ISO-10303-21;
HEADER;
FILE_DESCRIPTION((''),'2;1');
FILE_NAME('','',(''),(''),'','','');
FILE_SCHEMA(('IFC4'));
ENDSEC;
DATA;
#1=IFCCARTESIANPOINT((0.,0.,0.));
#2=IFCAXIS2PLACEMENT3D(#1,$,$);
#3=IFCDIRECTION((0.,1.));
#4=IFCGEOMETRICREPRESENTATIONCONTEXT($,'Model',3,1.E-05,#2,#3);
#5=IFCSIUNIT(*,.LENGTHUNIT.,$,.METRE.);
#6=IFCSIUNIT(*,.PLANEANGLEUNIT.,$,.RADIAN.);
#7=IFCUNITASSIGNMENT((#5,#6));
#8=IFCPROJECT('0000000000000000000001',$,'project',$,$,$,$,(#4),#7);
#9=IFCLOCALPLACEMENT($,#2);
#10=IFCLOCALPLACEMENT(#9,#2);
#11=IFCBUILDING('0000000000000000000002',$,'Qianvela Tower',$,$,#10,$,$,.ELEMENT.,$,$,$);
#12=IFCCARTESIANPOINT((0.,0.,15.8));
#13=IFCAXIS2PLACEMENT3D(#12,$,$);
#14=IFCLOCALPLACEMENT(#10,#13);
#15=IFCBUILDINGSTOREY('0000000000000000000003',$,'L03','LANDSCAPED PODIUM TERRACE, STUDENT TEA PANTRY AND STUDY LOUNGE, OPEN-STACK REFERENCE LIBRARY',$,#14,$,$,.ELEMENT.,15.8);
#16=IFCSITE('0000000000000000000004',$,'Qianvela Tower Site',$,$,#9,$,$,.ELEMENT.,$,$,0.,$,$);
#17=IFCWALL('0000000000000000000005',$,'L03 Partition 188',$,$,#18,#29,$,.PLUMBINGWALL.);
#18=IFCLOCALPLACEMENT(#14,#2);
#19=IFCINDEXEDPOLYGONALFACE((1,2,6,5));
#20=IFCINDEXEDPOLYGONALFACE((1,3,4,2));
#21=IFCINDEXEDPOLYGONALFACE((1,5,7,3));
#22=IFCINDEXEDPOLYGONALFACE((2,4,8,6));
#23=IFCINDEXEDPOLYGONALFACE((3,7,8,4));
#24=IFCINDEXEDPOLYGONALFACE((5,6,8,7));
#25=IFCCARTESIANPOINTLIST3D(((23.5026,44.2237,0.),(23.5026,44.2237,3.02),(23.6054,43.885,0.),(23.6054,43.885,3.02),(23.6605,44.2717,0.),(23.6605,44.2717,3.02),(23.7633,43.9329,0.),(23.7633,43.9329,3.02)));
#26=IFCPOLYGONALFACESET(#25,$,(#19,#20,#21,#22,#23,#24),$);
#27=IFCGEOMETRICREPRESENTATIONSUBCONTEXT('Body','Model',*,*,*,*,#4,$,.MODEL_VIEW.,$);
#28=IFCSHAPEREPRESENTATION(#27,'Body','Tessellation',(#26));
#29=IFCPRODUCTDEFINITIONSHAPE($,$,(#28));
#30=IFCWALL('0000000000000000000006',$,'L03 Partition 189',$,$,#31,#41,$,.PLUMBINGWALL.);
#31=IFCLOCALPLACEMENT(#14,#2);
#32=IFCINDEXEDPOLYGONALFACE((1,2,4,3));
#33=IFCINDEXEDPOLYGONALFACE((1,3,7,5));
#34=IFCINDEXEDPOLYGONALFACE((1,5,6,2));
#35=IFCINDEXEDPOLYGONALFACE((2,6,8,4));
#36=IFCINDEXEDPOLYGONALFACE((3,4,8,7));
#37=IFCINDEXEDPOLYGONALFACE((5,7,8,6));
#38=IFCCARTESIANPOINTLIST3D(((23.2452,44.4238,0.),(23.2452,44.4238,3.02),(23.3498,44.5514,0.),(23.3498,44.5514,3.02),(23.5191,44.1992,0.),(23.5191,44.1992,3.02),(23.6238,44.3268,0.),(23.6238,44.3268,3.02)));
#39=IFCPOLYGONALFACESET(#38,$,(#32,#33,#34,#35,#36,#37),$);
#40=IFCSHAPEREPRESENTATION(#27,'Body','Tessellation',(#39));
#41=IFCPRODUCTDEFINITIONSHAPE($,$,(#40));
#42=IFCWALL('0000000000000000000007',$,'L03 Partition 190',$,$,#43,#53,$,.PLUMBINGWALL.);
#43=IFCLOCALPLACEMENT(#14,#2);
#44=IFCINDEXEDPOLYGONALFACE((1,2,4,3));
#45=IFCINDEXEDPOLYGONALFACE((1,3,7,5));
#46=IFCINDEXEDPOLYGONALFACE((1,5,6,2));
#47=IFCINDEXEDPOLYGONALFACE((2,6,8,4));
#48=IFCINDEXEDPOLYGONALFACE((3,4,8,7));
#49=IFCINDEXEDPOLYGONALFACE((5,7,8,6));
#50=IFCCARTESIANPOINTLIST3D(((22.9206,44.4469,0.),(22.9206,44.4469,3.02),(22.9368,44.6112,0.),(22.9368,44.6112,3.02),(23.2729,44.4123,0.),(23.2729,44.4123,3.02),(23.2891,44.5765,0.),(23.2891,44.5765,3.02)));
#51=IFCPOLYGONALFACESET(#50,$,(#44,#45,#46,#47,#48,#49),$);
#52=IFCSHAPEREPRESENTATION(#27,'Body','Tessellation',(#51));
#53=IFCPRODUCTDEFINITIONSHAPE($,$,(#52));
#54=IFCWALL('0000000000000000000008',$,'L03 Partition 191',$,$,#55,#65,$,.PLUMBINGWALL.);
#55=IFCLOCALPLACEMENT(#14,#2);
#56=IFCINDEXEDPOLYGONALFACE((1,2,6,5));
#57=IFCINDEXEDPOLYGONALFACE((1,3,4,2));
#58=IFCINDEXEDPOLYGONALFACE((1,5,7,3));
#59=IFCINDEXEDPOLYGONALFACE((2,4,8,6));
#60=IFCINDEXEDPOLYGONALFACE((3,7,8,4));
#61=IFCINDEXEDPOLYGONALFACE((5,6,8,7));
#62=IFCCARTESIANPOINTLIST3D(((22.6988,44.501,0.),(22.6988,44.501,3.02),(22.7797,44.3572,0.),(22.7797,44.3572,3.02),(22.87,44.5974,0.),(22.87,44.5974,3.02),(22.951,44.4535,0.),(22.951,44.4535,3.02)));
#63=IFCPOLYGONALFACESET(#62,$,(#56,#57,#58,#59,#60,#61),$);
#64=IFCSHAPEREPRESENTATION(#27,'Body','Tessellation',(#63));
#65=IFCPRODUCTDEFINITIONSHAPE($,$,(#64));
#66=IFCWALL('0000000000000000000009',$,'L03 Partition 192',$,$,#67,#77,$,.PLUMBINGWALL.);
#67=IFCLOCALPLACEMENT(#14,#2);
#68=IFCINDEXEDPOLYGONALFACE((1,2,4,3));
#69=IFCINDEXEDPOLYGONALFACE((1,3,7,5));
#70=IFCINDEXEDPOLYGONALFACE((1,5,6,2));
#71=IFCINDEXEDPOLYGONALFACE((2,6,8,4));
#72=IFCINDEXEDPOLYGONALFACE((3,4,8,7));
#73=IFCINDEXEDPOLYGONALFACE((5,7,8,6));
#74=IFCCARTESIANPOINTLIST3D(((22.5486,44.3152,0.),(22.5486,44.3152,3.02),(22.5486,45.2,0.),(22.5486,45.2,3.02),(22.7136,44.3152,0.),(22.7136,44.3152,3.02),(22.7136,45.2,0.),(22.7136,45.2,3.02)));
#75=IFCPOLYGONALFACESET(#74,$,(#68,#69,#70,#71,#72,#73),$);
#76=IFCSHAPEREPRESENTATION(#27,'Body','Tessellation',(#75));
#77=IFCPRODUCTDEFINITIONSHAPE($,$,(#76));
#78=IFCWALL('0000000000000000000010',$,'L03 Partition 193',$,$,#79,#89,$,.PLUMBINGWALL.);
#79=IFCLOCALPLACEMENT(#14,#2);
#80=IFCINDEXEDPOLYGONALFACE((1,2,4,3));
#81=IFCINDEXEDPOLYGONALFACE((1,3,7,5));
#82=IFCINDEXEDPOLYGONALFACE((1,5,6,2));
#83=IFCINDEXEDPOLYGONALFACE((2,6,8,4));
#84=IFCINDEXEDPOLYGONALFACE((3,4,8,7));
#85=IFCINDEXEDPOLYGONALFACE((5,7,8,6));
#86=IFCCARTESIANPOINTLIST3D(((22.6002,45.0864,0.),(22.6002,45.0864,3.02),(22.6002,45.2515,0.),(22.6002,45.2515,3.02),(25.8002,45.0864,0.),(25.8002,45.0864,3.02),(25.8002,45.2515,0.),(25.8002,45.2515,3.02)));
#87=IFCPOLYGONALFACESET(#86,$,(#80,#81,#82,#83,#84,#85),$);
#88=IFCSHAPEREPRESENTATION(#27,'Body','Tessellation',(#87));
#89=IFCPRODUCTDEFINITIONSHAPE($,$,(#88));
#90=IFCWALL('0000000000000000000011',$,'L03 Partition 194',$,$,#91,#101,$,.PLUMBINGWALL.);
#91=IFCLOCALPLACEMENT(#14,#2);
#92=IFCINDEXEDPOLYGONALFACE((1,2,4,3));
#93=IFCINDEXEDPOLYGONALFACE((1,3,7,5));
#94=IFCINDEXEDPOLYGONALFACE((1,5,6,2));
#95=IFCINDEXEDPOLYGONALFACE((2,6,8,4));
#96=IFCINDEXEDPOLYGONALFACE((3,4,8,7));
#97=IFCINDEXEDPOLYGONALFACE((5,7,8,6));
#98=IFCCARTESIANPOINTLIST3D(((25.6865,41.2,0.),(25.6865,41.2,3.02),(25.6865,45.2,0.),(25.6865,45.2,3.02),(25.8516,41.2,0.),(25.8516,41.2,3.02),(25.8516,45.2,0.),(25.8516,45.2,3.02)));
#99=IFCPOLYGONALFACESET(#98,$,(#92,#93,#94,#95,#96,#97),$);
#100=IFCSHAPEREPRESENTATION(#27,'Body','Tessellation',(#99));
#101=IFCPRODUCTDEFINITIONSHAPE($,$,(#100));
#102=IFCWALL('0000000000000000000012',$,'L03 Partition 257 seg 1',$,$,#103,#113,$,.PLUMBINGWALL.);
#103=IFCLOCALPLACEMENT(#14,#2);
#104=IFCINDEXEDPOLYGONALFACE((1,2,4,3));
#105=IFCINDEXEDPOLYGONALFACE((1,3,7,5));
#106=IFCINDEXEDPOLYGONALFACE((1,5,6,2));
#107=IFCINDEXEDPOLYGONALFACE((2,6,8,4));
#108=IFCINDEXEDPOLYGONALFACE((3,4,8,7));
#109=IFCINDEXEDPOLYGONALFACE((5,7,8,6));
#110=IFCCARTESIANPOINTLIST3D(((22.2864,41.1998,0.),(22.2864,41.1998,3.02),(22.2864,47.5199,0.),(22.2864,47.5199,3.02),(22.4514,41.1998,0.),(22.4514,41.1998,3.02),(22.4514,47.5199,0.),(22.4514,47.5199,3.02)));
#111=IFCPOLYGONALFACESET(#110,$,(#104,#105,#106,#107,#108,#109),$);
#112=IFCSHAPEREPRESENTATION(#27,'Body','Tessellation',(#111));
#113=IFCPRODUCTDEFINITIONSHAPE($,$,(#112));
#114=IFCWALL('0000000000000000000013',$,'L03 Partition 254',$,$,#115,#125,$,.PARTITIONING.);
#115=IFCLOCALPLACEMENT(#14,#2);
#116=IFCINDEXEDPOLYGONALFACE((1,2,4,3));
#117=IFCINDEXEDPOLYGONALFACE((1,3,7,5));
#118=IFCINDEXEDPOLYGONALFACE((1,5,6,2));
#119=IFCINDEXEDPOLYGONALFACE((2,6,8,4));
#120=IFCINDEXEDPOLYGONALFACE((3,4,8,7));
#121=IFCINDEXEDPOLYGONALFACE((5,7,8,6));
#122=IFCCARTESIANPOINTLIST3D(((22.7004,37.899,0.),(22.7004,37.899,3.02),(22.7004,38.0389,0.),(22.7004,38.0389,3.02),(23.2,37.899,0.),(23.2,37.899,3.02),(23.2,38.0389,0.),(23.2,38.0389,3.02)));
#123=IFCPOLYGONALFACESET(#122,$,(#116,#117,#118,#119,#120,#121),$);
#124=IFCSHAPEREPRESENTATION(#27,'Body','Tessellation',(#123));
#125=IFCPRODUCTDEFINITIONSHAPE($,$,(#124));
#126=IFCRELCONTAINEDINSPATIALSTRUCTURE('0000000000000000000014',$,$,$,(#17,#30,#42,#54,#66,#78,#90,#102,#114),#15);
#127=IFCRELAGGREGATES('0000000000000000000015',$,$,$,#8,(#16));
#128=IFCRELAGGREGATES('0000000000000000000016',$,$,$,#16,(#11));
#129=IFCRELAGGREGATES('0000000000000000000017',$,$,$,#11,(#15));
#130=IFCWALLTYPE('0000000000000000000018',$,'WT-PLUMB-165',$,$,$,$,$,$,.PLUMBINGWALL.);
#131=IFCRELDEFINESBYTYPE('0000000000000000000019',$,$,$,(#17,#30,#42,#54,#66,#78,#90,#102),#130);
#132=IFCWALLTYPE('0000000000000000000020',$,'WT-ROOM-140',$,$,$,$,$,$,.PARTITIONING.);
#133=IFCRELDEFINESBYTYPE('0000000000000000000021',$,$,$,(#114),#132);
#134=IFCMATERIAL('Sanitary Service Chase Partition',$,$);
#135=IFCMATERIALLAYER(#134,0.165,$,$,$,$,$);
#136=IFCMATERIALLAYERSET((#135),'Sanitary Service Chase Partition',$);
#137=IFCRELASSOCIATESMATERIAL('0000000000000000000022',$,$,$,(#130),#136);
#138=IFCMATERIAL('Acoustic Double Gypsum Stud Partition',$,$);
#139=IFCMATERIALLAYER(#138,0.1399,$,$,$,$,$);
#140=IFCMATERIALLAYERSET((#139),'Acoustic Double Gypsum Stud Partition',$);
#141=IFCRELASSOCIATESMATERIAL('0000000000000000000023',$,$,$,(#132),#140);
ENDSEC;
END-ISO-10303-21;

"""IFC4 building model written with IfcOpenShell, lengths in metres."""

from ifc_helpers import new_model, si_unit, direction, frame, frame_2d, origin, place, context, subcontext, project, spatial, rectangle, extrude, material, layer, layer_set, type_object, element, save


model = new_model("IFC4")

# Units and contexts
model_context = context("Model", 3, precision=1e-05, world=origin(), true_north=direction((0.0, 1.0)))
body_context = subcontext(model_context, "Body", "Model", "MODEL_VIEW")
ifc_project = project(units=[si_unit("LENGTHUNIT", "METRE"), si_unit("PLANEANGLEUNIT", "RADIAN")], contexts=[model_context])

# Site, building, storey
site_placement = place(None, origin())
site = spatial("IfcSite", under=ifc_project, at=site_placement, Name="Qianvela Tower Site", CompositionType="ELEMENT", RefElevation=0.0)
building_placement = place(site_placement, origin())
building = spatial("IfcBuilding", under=site, at=building_placement, Name="Qianvela Tower", CompositionType="ELEMENT")
storey_placement = place(building_placement, frame((0.0, 0.0, 15.8)))
storey = spatial("IfcBuildingStorey", under=building, at=storey_placement, Name="L03", Description="LANDSCAPED PODIUM TERRACE, STUDENT TEA PANTRY AND STUDY LOUNGE, OPEN-STACK REFERENCE LIBRARY", CompositionType="ELEMENT", Elevation=15.8)

# Walls
ifc_material_1 = material(Name="Sanitary Service Chase Partition")
ifc_layer_1 = layer(ifc_material_1, 0.165)
ifc_layer_set_1 = layer_set([ifc_layer_1], Name="Sanitary Service Chase Partition")
wall_type_1 = type_object("IfcWallType", Name="WT-PLUMB-165", PredefinedType="PLUMBINGWALL", material=ifc_layer_set_1)
wall_1_placement = place(storey_placement, frame((23.6843, 43.9089, 0.0), z_axis=(0.0, 0.0, 1.0), x_axis=(-0.290256, 0.956949, 0.0)))
element("IfcWall", 1, at=wall_1_placement, inside=storey, type_object=wall_type_1, Name="L03 Partition 188", PredefinedType="PLUMBINGWALL", context=body_context, shape_type="SweptSolid", body=[
    extrude(rectangle(XDim=0.354, YDim=0.165, at=frame_2d((0.177, 0.0))), origin(), (0.0, 0.0, 1.0), 3.02),
])
wall_2_placement = place(storey_placement, frame((23.5715, 44.2629, 0.0), z_axis=(0.0, 0.0, 1.0), x_axis=(-0.773281, 0.634063, 0.0)))
element("IfcWall", 2, at=wall_2_placement, inside=storey, type_object=wall_type_1, Name="L03 Partition 189", PredefinedType="PLUMBINGWALL", context=body_context, shape_type="SweptSolid", body=[
    extrude(rectangle(XDim=0.3542, YDim=0.165, at=frame_2d((0.1772, 0.0))), origin(), (0.0, 0.0, 1.0), 3.02),
])
wall_3_placement = place(storey_placement, frame((23.281, 44.4944, 0.0), z_axis=(0.0, 0.0, 1.0), x_axis=(-0.995193, 0.097933, 0.0)))
element("IfcWall", 3, at=wall_3_placement, inside=storey, type_object=wall_type_1, Name="L03 Partition 190", PredefinedType="PLUMBINGWALL", context=body_context, shape_type="SweptSolid", body=[
    extrude(rectangle(XDim=0.354, YDim=0.165, at=frame_2d((0.177, 0.0))), origin(), (0.0, 0.0, 1.0), 3.02),
])
wall_4_placement = place(storey_placement, frame((22.9104, 44.5254, 0.0), z_axis=(0.0, 0.0, 1.0), x_axis=(-0.871509, -0.490379, 0.0)))
element("IfcWall", 4, at=wall_4_placement, inside=storey, type_object=wall_type_1, Name="L03 Partition 191", PredefinedType="PLUMBINGWALL", context=body_context, shape_type="SweptSolid", body=[
    extrude(rectangle(XDim=0.1965, YDim=0.165, at=frame_2d((0.0981, 0.0))), origin(), (0.0, 0.0, 1.0), 3.02),
])
wall_5_placement = place(storey_placement, frame((22.6311, 44.3152, 0.0), z_axis=(0.0, 0.0, 1.0), x_axis=(0.0, 1.0, 0.0)))
element("IfcWall", 5, at=wall_5_placement, inside=storey, type_object=wall_type_1, Name="L03 Partition 192", PredefinedType="PLUMBINGWALL", context=body_context, shape_type="SweptSolid", body=[
    extrude(rectangle(XDim=0.8848, YDim=0.165, at=frame_2d((0.4424, 0.0))), origin(), (0.0, 0.0, 1.0), 3.02),
])
wall_6_placement = place(storey_placement, frame((22.6001, 45.1689, 0.0), z_axis=(0.0, 0.0, 1.0), x_axis=(1.0, 0.0, 0.0)))
element("IfcWall", 6, at=wall_6_placement, inside=storey, type_object=wall_type_1, Name="L03 Partition 193", PredefinedType="PLUMBINGWALL", context=body_context, shape_type="SweptSolid", body=[
    extrude(rectangle(XDim=3.2, YDim=0.165, at=frame_2d((1.6001, 0.0))), origin(), (0.0, 0.0, 1.0), 3.02),
])
wall_7_placement = place(storey_placement, frame((25.769, 45.2, 0.0), z_axis=(0.0, 0.0, 1.0), x_axis=(0.0, -1.0, 0.0)))
element("IfcWall", 7, at=wall_7_placement, inside=storey, type_object=wall_type_1, Name="L03 Partition 194", PredefinedType="PLUMBINGWALL", context=body_context, shape_type="SweptSolid", body=[
    extrude(rectangle(XDim=4.0, YDim=0.165, at=frame_2d((2.0, 0.0))), origin(), (0.0, 0.0, 1.0), 3.02),
])
wall_8_placement = place(storey_placement, frame((22.3689, 47.52, 0.0), z_axis=(0.0, 0.0, 1.0), x_axis=(0.0, -1.0, 0.0)))
element("IfcWall", 8, at=wall_8_placement, inside=storey, type_object=wall_type_1, Name="L03 Partition 257 seg 1", PredefinedType="PLUMBINGWALL", context=body_context, shape_type="SweptSolid", body=[
    extrude(rectangle(XDim=6.3201, YDim=0.165, at=frame_2d((3.1602, 0.0))), origin(), (0.0, 0.0, 1.0), 3.02),
])
ifc_material_2 = material(Name="Acoustic Double Gypsum Stud Partition")
ifc_layer_2 = layer(ifc_material_2, 0.1399)
ifc_layer_set_2 = layer_set([ifc_layer_2], Name="Acoustic Double Gypsum Stud Partition")
wall_type_2 = type_object("IfcWallType", Name="WT-ROOM-140", PredefinedType="PARTITIONING", material=ifc_layer_set_2)
wall_9_placement = place(storey_placement, frame((22.7004, 37.969, 0.0), z_axis=(0.0, 0.0, 1.0), x_axis=(1.0, 0.0, 0.0)))
element("IfcWall", 9, at=wall_9_placement, inside=storey, type_object=wall_type_2, Name="L03 Partition 254", PredefinedType="PARTITIONING", context=body_context, shape_type="SweptSolid", body=[
    extrude(rectangle(XDim=0.4995, YDim=0.1399, at=frame_2d((0.2498, 0.0))), origin(), (0.0, 0.0, 1.0), 3.02),
])

save(model, "model.ifc")
